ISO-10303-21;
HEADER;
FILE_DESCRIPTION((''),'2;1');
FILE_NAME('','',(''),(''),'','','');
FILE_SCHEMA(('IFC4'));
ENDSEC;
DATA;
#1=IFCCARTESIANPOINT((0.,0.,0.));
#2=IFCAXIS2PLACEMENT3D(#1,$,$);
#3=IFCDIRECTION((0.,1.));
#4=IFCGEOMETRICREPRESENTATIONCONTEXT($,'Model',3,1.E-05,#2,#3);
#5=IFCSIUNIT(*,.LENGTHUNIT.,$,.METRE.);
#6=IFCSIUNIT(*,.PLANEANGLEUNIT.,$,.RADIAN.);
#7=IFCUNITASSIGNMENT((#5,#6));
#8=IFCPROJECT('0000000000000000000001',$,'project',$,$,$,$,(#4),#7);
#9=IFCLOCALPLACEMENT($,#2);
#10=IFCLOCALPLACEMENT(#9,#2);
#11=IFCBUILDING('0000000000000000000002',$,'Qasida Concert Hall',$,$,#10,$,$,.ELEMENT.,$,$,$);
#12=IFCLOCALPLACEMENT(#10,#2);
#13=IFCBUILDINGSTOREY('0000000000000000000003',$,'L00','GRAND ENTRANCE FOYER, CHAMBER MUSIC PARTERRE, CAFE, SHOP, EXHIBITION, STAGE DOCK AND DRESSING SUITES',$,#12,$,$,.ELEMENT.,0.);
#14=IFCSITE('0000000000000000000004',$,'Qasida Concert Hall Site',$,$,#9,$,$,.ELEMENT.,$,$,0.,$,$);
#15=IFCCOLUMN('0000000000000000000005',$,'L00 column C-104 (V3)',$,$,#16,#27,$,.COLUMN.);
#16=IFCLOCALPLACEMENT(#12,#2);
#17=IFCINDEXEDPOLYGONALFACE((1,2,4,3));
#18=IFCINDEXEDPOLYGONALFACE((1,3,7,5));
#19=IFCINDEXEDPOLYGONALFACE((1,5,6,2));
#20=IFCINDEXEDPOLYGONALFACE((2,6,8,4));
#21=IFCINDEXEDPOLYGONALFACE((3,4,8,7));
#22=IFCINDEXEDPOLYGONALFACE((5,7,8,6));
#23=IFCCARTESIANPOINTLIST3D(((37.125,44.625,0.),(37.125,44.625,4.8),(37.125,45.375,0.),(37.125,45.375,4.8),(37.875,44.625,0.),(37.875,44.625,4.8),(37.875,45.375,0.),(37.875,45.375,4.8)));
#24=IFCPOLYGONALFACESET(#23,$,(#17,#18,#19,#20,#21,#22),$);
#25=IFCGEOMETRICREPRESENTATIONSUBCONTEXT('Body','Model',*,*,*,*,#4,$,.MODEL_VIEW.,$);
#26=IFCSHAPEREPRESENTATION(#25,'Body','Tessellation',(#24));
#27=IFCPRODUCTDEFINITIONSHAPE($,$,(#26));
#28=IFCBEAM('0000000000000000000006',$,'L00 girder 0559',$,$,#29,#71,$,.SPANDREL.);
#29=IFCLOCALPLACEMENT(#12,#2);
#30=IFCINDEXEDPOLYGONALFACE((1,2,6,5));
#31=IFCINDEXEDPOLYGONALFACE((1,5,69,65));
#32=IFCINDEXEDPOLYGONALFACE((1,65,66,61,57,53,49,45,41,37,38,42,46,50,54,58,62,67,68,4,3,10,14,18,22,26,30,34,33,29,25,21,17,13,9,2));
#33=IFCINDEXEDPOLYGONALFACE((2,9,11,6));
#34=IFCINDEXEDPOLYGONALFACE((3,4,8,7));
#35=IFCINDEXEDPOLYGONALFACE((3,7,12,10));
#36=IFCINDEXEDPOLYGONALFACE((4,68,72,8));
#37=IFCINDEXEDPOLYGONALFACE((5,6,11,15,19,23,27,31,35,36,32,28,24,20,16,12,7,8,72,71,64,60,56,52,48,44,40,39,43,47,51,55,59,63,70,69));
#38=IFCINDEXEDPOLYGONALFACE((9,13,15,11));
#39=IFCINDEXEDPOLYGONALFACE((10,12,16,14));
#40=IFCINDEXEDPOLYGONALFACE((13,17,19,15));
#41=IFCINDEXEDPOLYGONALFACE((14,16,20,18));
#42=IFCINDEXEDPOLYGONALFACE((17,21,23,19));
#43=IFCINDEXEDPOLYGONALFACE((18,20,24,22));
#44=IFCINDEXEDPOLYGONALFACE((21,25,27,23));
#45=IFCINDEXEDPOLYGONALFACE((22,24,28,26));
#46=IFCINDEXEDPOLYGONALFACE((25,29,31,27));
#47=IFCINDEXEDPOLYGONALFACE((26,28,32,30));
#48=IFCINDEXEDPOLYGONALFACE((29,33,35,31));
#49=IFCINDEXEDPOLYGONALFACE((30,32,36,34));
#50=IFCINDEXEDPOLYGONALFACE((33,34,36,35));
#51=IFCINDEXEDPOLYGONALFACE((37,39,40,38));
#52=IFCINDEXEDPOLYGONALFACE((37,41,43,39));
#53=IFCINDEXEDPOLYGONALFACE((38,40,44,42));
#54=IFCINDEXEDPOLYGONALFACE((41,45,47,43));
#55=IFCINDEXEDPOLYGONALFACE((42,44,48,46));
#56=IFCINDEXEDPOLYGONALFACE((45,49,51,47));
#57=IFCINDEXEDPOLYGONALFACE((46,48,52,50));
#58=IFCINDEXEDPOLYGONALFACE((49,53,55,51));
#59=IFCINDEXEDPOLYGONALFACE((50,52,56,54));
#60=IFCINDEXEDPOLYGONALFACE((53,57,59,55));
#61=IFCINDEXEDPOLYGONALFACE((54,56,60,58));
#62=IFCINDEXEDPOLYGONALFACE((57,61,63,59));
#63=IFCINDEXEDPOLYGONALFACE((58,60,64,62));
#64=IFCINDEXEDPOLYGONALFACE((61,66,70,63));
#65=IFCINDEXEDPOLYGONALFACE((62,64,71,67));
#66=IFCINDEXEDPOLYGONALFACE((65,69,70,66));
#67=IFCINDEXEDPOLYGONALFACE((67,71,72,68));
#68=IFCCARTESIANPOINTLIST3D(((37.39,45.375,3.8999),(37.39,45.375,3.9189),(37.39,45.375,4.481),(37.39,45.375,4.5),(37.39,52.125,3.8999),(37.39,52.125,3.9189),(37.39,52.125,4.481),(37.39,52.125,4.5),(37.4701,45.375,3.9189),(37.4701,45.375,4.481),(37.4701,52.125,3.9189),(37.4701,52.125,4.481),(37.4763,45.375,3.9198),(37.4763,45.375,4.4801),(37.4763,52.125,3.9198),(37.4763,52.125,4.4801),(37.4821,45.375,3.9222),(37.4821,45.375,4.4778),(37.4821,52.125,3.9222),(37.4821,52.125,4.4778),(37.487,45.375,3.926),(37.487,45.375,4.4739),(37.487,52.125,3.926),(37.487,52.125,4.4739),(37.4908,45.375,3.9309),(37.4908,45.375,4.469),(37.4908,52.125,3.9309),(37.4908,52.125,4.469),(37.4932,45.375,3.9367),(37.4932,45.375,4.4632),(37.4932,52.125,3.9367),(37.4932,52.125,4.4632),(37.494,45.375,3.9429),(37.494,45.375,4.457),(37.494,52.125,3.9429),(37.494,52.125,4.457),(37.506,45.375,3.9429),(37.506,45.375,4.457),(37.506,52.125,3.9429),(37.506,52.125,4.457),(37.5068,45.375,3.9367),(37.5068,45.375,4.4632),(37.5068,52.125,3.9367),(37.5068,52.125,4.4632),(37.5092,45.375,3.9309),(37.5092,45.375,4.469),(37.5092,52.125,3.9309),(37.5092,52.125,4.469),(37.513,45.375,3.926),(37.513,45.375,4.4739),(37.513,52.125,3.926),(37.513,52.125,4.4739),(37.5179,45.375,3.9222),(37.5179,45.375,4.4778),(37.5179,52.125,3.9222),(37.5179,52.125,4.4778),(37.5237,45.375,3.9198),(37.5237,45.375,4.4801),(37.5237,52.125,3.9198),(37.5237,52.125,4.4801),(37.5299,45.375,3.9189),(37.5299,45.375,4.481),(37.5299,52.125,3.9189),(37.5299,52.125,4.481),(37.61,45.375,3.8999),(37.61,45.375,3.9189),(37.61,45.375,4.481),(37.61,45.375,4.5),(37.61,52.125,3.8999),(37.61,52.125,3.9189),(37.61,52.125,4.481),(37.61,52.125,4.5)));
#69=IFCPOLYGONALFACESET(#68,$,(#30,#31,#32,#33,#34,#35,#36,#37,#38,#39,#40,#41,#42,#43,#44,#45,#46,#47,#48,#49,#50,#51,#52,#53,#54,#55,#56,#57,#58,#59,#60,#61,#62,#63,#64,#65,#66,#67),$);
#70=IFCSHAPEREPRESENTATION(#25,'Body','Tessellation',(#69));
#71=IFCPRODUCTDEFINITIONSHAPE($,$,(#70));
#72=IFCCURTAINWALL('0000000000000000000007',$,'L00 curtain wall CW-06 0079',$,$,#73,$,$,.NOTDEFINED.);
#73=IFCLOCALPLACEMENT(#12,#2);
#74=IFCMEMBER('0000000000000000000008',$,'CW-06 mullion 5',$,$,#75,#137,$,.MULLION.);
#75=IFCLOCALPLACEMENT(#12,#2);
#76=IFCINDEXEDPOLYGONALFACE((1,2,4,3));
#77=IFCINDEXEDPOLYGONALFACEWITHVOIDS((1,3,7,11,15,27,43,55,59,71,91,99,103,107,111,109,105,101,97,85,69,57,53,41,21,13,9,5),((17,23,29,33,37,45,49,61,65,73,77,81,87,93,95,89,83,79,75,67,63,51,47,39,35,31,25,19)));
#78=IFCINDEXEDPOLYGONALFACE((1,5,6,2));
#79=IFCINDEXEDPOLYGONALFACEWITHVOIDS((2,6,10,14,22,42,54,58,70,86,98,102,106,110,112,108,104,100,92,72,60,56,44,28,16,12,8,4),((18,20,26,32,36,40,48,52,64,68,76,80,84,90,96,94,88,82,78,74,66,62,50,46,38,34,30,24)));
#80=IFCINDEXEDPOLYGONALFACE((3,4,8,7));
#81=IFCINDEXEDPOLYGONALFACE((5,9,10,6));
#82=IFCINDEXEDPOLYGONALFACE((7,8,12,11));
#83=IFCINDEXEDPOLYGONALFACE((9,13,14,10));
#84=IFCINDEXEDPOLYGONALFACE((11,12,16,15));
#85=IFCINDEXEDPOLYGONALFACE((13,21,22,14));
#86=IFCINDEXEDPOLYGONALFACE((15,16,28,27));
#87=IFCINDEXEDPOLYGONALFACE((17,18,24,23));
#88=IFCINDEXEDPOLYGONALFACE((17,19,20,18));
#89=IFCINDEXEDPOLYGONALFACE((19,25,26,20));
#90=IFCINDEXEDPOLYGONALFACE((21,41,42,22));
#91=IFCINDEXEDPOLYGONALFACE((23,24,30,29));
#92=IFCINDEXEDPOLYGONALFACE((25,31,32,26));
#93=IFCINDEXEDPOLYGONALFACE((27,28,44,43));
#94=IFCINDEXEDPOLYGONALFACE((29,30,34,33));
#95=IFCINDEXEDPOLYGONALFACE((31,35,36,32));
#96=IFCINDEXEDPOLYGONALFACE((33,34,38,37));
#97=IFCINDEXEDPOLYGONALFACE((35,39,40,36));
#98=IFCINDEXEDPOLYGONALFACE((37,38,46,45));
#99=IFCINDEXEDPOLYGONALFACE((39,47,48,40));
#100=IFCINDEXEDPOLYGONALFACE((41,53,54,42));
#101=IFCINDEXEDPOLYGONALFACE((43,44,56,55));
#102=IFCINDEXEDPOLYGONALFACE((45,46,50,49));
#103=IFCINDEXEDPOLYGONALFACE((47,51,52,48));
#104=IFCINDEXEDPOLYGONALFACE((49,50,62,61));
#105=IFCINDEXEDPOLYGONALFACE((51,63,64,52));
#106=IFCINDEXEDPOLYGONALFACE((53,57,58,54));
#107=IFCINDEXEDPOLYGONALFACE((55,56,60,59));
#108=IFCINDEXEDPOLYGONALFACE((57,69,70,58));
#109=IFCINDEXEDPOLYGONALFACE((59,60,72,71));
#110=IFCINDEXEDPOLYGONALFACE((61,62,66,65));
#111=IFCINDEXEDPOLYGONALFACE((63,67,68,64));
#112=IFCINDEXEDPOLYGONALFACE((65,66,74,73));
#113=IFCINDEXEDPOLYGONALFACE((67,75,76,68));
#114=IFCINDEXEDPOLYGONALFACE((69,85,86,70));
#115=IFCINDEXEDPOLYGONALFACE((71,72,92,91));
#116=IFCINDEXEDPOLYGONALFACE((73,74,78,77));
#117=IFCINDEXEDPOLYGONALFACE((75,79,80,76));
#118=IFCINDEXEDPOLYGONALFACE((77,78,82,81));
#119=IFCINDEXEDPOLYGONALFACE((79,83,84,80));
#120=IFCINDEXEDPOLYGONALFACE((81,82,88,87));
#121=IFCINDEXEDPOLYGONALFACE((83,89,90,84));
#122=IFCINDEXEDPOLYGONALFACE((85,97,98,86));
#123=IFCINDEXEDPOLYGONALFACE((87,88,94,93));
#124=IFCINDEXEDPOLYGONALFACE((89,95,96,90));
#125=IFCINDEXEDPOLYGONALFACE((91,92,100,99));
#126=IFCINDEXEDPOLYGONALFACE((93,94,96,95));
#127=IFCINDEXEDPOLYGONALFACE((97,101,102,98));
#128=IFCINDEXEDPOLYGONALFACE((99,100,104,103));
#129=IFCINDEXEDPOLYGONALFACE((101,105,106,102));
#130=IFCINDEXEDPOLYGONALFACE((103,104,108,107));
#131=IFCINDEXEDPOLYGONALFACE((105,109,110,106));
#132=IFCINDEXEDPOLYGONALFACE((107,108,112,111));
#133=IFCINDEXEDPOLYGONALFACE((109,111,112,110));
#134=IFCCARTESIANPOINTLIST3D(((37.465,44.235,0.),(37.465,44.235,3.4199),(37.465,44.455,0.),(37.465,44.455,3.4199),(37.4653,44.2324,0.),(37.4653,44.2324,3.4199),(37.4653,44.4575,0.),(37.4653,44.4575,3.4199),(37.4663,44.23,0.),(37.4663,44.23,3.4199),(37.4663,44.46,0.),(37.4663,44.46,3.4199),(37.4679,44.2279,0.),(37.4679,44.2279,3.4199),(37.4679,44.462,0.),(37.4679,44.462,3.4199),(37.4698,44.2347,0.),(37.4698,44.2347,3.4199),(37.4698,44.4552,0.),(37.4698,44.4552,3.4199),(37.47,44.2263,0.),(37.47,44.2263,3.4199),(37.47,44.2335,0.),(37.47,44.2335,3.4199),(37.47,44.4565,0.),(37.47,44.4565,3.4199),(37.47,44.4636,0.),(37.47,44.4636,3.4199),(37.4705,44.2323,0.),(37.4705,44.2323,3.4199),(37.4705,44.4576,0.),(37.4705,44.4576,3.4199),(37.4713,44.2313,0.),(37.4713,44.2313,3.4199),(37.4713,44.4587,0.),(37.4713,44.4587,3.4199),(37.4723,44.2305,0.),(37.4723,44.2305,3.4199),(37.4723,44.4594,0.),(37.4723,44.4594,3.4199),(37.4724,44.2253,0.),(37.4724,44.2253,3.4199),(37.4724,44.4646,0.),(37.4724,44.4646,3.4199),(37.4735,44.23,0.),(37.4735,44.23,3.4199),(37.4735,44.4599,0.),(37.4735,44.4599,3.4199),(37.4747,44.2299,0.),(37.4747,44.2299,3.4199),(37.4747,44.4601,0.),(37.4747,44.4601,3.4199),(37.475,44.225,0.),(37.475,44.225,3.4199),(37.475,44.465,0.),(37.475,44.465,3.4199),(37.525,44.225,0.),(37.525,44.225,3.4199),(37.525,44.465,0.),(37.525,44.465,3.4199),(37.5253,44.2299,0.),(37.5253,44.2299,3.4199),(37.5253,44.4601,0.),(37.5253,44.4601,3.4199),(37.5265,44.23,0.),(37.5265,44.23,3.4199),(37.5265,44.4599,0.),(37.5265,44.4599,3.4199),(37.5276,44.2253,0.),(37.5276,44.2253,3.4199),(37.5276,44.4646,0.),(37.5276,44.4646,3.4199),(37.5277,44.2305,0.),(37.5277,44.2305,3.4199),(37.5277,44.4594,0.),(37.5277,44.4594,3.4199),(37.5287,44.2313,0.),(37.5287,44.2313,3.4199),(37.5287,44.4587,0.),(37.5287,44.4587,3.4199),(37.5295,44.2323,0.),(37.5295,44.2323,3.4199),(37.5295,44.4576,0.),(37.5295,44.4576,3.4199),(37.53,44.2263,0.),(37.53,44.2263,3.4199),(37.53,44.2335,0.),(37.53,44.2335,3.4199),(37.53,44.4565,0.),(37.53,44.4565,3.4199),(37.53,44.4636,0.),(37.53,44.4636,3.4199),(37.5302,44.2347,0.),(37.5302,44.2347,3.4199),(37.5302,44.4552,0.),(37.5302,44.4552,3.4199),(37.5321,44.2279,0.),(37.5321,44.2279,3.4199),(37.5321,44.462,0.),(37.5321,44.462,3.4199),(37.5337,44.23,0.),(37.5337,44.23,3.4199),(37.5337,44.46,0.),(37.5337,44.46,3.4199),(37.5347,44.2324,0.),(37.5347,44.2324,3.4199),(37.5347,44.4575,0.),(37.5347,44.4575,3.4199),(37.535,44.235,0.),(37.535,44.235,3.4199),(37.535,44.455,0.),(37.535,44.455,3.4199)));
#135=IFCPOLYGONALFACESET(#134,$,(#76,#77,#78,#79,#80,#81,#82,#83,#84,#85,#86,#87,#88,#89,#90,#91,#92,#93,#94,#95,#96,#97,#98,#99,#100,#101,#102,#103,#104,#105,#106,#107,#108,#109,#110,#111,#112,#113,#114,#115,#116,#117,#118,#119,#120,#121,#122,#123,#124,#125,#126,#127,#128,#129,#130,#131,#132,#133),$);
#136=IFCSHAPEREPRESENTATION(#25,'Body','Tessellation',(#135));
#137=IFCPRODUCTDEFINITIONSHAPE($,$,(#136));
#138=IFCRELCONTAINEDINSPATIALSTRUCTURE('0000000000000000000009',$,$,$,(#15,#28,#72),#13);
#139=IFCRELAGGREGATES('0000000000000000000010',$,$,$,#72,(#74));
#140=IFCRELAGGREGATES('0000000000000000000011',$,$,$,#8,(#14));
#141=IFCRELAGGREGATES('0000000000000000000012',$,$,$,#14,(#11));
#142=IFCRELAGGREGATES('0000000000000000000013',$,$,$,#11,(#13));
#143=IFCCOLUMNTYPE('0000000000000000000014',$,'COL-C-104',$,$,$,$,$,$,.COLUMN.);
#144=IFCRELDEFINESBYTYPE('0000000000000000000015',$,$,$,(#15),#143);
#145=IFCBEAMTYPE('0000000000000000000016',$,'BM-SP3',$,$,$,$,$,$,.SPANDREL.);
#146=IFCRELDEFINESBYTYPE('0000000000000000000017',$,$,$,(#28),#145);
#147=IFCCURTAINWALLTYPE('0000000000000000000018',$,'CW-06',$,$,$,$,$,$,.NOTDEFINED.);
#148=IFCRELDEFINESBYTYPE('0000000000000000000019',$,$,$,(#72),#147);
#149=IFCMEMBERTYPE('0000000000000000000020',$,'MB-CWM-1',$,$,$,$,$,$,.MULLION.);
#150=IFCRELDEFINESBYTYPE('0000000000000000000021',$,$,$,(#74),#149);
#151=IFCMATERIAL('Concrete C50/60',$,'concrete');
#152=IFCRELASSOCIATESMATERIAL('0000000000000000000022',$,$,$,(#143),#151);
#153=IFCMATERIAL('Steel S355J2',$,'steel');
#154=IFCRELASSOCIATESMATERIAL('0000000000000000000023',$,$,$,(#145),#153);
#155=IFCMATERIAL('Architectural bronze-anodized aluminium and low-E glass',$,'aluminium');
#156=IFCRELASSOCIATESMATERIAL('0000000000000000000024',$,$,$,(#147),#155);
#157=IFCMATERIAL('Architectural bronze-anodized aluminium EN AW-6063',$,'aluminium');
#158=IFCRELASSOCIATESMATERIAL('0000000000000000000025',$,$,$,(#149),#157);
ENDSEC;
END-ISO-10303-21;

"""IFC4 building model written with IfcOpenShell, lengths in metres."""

from ifc_helpers import new_model, si_unit, direction, frame, origin, origin_2d, place, context, subcontext, project, spatial, rectangle, hollow_rectangle, i_section, extrude, material, material_profile, profile_set, type_object, element, aggregate, save


model = new_model("IFC4")

# Units and contexts
model_context = context("Model", 3, precision=1e-05, world=origin(), true_north=direction((0.0, 1.0)))
body_context = subcontext(model_context, "Body", "Model", "MODEL_VIEW")
ifc_project = project(units=[si_unit("LENGTHUNIT", "METRE"), si_unit("PLANEANGLEUNIT", "RADIAN")], contexts=[model_context])

# Site, building, storey
site_placement = place(None, origin())
site = spatial("IfcSite", under=ifc_project, at=site_placement, Name="Qasida Concert Hall Site", CompositionType="ELEMENT", RefElevation=0.0)
building_placement = place(site_placement, origin())
building = spatial("IfcBuilding", under=site, at=building_placement, Name="Qasida Concert Hall", CompositionType="ELEMENT")
storey_placement = place(building_placement, origin())
storey = spatial("IfcBuildingStorey", under=building, at=storey_placement, Name="L00", Description="GRAND ENTRANCE FOYER, CHAMBER MUSIC PARTERRE, CAFE, SHOP, EXHIBITION, STAGE DOCK AND DRESSING SUITES", CompositionType="ELEMENT", Elevation=0.0)

# Column
ifc_material_1 = material(Name="Concrete C50/60", Category="concrete")
ifc_material_profile_1 = material_profile(ifc_material_1, rectangle(XDim=0.75, YDim=0.75, at=origin_2d()), Name="RC 750x750")
ifc_profile_set_1 = profile_set([ifc_material_profile_1], Name="Concrete C50/60")
column_type = type_object("IfcColumnType", Name="COL-C-104", PredefinedType="COLUMN", material=ifc_profile_set_1)
column_placement = place(storey_placement, frame((37.5, 45.0, 0.0), z_axis=(0.0, 0.0, 1.0), x_axis=(1.0, 0.0, 0.0)))
element("IfcColumn", 1, at=column_placement, inside=storey, type_object=column_type, Name="L00 column C-104 (V3)", PredefinedType="COLUMN", context=body_context, shape_type="SweptSolid", body=[
    extrude(rectangle(XDim=0.75, YDim=0.75, at=origin_2d()), origin(), (0.0, 0.0, 1.0), 4.8),
])

# Beam
ifc_material_2 = material(Name="Steel S355J2", Category="steel")
ifc_material_profile_2 = material_profile(ifc_material_2, i_section(OverallWidth=0.22, OverallDepth=0.6001, WebThickness=0.012, FlangeThickness=0.019, FilletRadius=0.0239, at=origin_2d()), Name="IPE 600")
ifc_profile_set_2 = profile_set([ifc_material_profile_2], Name="Steel S355J2")
beam_type = type_object("IfcBeamType", Name="BM-SP3", PredefinedType="SPANDREL", material=ifc_profile_set_2)
beam_placement = place(storey_placement, frame((37.5, 45.375, 4.2), z_axis=(0.0, 1.0, 0.0), x_axis=(-1.0, 0.0, 0.0)))
element("IfcBeam", 2, at=beam_placement, inside=storey, type_object=beam_type, Name="L00 girder 0559", PredefinedType="SPANDREL", context=body_context, shape_type="SweptSolid", body=[
    extrude(i_section(OverallWidth=0.22, OverallDepth=0.6001, WebThickness=0.012, FlangeThickness=0.019, FilletRadius=0.0239, at=origin_2d()), origin(), (0.0, 0.0, 1.0), 6.75),
])

# Curtain wall, member
ifc_material_3 = material(Name="Architectural bronze-anodized aluminium and low-E glass", Category="aluminium")
curtain_wall_type = type_object("IfcCurtainWallType", Name="CW-06", PredefinedType="NOTDEFINED", material=ifc_material_3)
curtain_wall_1_placement = place(storey_placement, origin())
curtain_wall_1 = element("IfcCurtainWall", 3, at=curtain_wall_1_placement, inside=storey, type_object=curtain_wall_type, Name="L00 curtain wall CW-06 0079", PredefinedType="NOTDEFINED")
ifc_material_4 = material(Name="Architectural bronze-anodized aluminium EN AW-6063", Category="aluminium")
ifc_material_profile_3 = material_profile(ifc_material_4, hollow_rectangle(XDim=0.0701, YDim=0.24, WallThickness=0.0049, InnerFilletRadius=0.0049, OuterFilletRadius=0.01, at=origin_2d()), Name="CWM 240x70x5")
ifc_profile_set_3 = profile_set([ifc_material_profile_3], Name="Architectural bronze-anodized aluminium EN AW-6063")
member_type_1 = type_object("IfcMemberType", Name="MB-CWM-1", PredefinedType="MULLION", material=ifc_profile_set_3)
member_1_placement = place(storey_placement, frame((37.5, 44.345, 0.0), z_axis=(0.0, 0.0, 1.0), x_axis=(-1.0, 0.0, 0.0)))
member_1 = element("IfcMember", 4, at=member_1_placement, type_object=member_type_1, Name="CW-06 mullion 5", PredefinedType="MULLION", context=body_context, shape_type="SweptSolid", body=[
    extrude(hollow_rectangle(XDim=0.0701, YDim=0.24, WallThickness=0.0049, InnerFilletRadius=0.0049, OuterFilletRadius=0.01, at=origin_2d()), origin(), (0.0, 0.0, 1.0), 3.4199),
])

aggregate(curtain_wall_1, [member_1])

save(model, "model.ifc")
